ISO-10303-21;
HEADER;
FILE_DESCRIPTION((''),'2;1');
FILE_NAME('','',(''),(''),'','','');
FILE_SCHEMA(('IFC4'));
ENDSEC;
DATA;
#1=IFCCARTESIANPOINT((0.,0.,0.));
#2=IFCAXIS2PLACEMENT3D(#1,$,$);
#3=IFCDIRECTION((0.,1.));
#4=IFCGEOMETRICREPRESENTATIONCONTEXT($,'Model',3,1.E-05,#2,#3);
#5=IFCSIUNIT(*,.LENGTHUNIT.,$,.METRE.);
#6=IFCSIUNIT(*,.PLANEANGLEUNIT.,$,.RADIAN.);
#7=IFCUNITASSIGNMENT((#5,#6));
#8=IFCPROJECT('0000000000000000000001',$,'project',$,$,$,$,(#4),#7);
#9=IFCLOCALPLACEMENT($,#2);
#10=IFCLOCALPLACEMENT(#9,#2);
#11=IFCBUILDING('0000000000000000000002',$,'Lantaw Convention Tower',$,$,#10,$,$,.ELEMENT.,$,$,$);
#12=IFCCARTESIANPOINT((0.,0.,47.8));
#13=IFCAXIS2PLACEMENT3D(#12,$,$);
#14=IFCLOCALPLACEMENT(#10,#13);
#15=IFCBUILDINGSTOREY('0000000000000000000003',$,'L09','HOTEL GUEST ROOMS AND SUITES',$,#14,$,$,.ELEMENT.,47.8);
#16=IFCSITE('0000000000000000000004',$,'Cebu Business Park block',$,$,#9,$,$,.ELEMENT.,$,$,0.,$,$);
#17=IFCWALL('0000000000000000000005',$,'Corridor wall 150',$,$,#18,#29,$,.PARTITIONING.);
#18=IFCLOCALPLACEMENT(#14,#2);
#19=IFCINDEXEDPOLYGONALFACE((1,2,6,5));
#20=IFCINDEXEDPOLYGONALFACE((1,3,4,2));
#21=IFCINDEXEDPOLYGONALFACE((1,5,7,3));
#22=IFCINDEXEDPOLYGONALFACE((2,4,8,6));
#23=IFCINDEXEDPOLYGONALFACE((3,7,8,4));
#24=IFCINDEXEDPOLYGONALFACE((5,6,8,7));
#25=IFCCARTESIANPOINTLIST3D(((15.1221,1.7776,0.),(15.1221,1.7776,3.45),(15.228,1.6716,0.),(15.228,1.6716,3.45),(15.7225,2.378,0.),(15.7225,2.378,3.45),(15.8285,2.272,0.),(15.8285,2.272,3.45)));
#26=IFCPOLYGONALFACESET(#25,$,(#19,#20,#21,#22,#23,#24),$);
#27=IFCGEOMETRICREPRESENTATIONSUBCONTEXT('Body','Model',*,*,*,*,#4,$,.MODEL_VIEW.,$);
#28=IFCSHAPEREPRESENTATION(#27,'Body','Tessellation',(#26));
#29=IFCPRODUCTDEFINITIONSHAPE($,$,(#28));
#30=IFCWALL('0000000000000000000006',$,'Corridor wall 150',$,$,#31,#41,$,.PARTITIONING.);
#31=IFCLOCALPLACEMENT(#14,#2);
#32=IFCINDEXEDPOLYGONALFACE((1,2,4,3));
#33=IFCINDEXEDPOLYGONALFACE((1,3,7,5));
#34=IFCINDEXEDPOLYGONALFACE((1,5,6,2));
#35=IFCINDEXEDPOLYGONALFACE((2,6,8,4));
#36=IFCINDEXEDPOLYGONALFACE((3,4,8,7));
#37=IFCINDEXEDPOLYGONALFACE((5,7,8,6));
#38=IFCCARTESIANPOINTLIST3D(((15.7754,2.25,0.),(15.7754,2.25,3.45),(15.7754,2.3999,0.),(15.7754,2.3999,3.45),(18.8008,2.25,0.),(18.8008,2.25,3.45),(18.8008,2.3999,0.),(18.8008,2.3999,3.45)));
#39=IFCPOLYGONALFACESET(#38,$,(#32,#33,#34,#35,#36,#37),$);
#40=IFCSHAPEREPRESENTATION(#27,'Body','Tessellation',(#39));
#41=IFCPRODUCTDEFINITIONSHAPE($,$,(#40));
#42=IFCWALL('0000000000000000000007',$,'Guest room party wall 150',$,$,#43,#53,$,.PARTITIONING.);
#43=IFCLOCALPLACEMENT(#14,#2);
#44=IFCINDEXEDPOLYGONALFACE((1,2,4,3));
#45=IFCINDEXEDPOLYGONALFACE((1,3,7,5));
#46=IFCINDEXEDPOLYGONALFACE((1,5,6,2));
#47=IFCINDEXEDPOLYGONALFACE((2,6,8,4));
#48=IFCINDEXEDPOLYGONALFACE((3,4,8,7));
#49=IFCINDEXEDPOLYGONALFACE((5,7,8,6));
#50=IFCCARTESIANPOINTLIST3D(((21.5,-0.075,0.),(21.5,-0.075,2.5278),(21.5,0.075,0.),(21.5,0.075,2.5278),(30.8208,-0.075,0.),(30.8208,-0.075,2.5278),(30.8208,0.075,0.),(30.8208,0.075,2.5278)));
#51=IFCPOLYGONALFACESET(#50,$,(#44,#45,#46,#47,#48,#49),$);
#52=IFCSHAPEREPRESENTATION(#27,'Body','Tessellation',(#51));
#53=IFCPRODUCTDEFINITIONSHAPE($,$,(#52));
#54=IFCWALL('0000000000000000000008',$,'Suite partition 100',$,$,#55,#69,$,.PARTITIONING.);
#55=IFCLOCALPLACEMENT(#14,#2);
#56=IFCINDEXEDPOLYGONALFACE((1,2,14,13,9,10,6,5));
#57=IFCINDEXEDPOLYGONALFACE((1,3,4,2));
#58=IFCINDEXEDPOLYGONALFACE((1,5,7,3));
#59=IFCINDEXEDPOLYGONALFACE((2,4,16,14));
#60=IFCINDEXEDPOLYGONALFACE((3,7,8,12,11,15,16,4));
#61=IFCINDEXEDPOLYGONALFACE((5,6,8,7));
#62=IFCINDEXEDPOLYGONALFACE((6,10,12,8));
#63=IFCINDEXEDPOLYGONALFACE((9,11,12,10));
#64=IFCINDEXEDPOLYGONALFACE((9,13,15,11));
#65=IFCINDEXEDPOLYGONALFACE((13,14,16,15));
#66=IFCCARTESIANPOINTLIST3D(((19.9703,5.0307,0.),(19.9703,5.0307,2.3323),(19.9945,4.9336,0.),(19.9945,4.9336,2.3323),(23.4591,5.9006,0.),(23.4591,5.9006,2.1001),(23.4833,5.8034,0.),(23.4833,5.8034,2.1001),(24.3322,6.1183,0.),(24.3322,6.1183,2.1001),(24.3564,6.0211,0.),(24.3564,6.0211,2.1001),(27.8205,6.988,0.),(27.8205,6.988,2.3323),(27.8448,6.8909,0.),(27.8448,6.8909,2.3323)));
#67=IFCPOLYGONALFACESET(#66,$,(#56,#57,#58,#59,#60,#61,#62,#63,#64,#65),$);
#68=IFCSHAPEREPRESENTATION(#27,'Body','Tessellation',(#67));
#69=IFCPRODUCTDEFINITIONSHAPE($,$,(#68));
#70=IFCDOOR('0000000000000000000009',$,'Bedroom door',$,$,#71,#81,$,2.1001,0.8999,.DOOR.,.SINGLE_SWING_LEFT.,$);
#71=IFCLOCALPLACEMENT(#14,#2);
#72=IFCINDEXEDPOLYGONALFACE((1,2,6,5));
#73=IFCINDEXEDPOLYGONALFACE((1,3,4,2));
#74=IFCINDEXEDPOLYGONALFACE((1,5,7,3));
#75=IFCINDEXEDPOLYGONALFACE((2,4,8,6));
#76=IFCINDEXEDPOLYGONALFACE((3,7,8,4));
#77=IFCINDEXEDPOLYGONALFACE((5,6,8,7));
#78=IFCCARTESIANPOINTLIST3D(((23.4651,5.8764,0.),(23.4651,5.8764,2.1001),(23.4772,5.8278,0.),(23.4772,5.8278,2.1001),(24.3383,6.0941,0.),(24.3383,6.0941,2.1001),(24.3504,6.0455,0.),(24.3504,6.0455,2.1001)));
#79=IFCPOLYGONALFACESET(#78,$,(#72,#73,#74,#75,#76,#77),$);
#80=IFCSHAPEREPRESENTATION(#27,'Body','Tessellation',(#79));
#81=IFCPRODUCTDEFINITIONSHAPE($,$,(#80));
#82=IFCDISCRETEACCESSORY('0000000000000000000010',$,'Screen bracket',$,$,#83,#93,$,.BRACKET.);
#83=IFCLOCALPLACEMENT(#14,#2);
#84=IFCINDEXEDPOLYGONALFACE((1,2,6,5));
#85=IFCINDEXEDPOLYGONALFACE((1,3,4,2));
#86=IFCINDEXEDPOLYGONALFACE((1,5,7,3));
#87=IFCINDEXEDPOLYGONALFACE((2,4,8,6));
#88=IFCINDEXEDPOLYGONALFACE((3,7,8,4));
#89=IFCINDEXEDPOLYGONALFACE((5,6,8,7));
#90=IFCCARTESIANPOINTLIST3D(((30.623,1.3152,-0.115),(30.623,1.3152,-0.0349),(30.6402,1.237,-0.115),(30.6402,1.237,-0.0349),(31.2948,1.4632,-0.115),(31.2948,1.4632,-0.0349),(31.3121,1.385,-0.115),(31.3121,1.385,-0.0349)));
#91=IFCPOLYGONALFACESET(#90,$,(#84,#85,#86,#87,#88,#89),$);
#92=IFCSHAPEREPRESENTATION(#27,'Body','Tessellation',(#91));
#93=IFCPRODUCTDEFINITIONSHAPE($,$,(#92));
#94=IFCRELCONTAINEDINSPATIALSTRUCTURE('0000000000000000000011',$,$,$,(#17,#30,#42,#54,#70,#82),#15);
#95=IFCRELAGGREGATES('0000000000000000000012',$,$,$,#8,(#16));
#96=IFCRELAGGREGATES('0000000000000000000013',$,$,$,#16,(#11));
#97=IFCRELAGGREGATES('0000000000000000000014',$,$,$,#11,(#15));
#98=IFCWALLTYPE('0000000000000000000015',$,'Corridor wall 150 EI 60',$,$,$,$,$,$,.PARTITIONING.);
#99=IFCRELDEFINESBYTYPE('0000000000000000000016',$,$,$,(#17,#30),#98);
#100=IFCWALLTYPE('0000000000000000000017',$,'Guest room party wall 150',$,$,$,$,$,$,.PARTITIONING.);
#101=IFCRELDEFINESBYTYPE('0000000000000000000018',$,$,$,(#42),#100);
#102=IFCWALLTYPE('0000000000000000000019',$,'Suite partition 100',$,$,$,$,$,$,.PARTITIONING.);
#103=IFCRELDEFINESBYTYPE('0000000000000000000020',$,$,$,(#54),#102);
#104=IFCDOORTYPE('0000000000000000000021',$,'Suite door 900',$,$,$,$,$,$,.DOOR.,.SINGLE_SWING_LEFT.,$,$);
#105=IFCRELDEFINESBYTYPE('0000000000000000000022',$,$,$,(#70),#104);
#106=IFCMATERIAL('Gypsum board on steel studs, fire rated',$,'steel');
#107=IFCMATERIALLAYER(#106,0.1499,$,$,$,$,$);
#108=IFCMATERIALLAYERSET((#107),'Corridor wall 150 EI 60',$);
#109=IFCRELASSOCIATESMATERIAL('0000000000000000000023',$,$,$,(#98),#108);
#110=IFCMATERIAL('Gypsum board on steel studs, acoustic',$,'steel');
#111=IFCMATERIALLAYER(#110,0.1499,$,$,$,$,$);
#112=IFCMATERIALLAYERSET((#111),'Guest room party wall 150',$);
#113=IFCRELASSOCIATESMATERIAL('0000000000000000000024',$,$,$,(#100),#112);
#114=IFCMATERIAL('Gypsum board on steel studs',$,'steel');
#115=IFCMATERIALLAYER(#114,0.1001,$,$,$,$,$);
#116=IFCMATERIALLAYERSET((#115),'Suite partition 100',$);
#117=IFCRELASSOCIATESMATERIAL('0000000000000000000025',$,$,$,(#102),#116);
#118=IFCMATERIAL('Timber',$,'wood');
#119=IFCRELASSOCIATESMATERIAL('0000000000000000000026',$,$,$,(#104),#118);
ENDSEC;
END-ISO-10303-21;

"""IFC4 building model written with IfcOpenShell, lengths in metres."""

from ifc_helpers import new_model, si_unit, direction, frame, frame_2d, origin, origin_2d, place, context, subcontext, project, spatial, rectangle, extrude, material, layer, layer_set, type_object, element, fill, save


model = new_model("IFC4")

# Units and contexts
model_context = context("Model", 3, precision=1e-05, world=origin(), true_north=direction((0.0, 1.0)))
body_context = subcontext(model_context, "Body", "Model", "MODEL_VIEW")
ifc_project = project(units=[si_unit("LENGTHUNIT", "METRE"), si_unit("PLANEANGLEUNIT", "RADIAN")], contexts=[model_context])

# Site, building, storey
site_placement = place(None, origin())
site = spatial("IfcSite", under=ifc_project, at=site_placement, Name="Cebu Business Park block", CompositionType="ELEMENT", RefElevation=0.0)
building_placement = place(site_placement, origin())
building = spatial("IfcBuilding", under=site, at=building_placement, Name="Lantaw Convention Tower", CompositionType="ELEMENT")
storey_placement = place(building_placement, frame((0.0, 0.0, 47.8)))
storey = spatial("IfcBuildingStorey", under=building, at=storey_placement, Name="L09", Description="HOTEL GUEST ROOMS AND SUITES", CompositionType="ELEMENT", Elevation=47.8)

# Shared definitions
ifc_material_1 = material(Name="Timber", Category="wood")

# Shared definitions
ifc_material_2 = material(Name="Gypsum board on steel studs, fire rated", Category="steel")
ifc_layer_1 = layer(ifc_material_2, 0.1499)
ifc_layer_set_1 = layer_set([ifc_layer_1], Name="Corridor wall 150 EI 60")
wall_type_1 = type_object("IfcWallType", Name="Corridor wall 150 EI 60", PredefinedType="PARTITIONING", material=ifc_layer_set_1)

# Walls
wall_1_placement = place(storey_placement, frame((15.175, 1.7246, 0.0), z_axis=(0.0, 0.0, 1.0), x_axis=(0.707107, 0.707107, 0.0)))
element("IfcWall", 1, at=wall_1_placement, inside=storey, type_object=wall_type_1, Name="Corridor wall 150", PredefinedType="PARTITIONING", context=body_context, shape_type="SweptSolid", body=[
    extrude(rectangle(XDim=0.8491, YDim=0.1499, at=frame_2d((0.4246, 0.0))), origin(), (0.0, 0.0, 1.0), 3.45),
])
wall_2_placement = place(storey_placement, frame((15.7754, 2.325, 0.0), z_axis=(0.0, 0.0, 1.0), x_axis=(1.0, 0.0, 0.0)))
element("IfcWall", 2, at=wall_2_placement, inside=storey, type_object=wall_type_1, Name="Corridor wall 150", PredefinedType="PARTITIONING", context=body_context, shape_type="SweptSolid", body=[
    extrude(rectangle(XDim=3.0254, YDim=0.1499, at=frame_2d((1.5127, 0.0))), origin(), (0.0, 0.0, 1.0), 3.45),
])
ifc_material_3 = material(Name="Gypsum board on steel studs, acoustic", Category="steel")
ifc_layer_2 = layer(ifc_material_3, 0.1499)
ifc_layer_set_2 = layer_set([ifc_layer_2], Name="Guest room party wall 150")
wall_type_2 = type_object("IfcWallType", Name="Guest room party wall 150", PredefinedType="PARTITIONING", material=ifc_layer_set_2)
wall_3_placement = place(storey_placement, frame((30.8208, 0.0, 0.0), z_axis=(0.0, 0.0, 1.0), x_axis=(-1.0, 0.0, 0.0)))
element("IfcWall", 3, at=wall_3_placement, inside=storey, type_object=wall_type_2, Name="Guest room party wall 150", PredefinedType="PARTITIONING", context=body_context, shape_type="SweptSolid", body=[
    extrude(rectangle(XDim=9.3208, YDim=0.1499, at=frame_2d((4.6604, 0.0))), origin(), (0.0, 0.0, 1.0), 2.5278),
])

# Wall, opening, door
ifc_material_4 = material(Name="Gypsum board on steel studs", Category="steel")
ifc_layer_3 = layer(ifc_material_4, 0.1001)
ifc_layer_set_3 = layer_set([ifc_layer_3], Name="Suite partition 100")
wall_type_3 = type_object("IfcWallType", Name="Suite partition 100", PredefinedType="PARTITIONING", material=ifc_layer_set_3)
wall_4_placement = place(storey_placement, frame((27.8328, 6.9395, 0.0), z_axis=(0.0, 0.0, 1.0), x_axis=(-0.970297, -0.241918, 0.0)))
wall_4 = element("IfcWall", 4, at=wall_4_placement, inside=storey, type_object=wall_type_3, Name="Suite partition 100", PredefinedType="PARTITIONING", context=body_context, shape_type="SweptSolid", body=[
    extrude(rectangle(XDim=8.0906, YDim=0.1001, at=frame_2d((4.0454, 0.0))), origin(), (0.0, 0.0, 1.0), 2.3323),
])
opening_1_placement = place(wall_4_placement, frame((3.5952, 0.0, 0.0)))
opening_1 = element("IfcOpeningElement", 5, at=opening_1_placement, cuts=wall_4, PredefinedType="OPENING", context=body_context, shape_type="SweptSolid", body=[
    extrude(rectangle(XDim=0.8999, YDim=2.1001, at=frame_2d((0.45, 1.05))), frame((0.0, 0.0601, 0.0), z_axis=(0.0, -1.0, 0.0), x_axis=(1.0, 0.0, 0.0)), (0.0, 0.0, 1.0), 0.1201),
])
door_type_1 = type_object("IfcDoorType", Name="Suite door 900", OperationType="SINGLE_SWING_LEFT", PredefinedType="DOOR", material=ifc_material_1)
door_1_placement = place(opening_1_placement, origin())
door_1 = element("IfcDoor", 6, at=door_1_placement, inside=storey, type_object=door_type_1, Name="Bedroom door", OperationType="SINGLE_SWING_LEFT", OverallHeight=2.1001, OverallWidth=0.8999, PredefinedType="DOOR", context=body_context, shape_type="SweptSolid", body=[
    extrude(rectangle(XDim=0.8999, YDim=2.1001, at=frame_2d((0.45, 1.05))), frame((0.0, 0.0249, 0.0), z_axis=(0.0, -1.0, 0.0), x_axis=(1.0, 0.0, 0.0)), (0.0, 0.0, 1.0), 0.05),
])
fill(opening_1, door_1)

# Discrete accessory
discrete_accessory_placement = place(storey_placement, frame((30.9675, 1.3501, -0.115), z_axis=(0.0, 0.0, 1.0), x_axis=(-0.215246, 0.97656, 0.0)))
element("IfcDiscreteAccessory", 7, at=discrete_accessory_placement, inside=storey, Name="Screen bracket", PredefinedType="BRACKET", context=body_context, shape_type="SweptSolid", body=[
    extrude(rectangle(XDim=0.0801, YDim=0.688, at=origin_2d()), origin(), (0.0, 0.0, 1.0), 0.0801),
])

save(model, "model.ifc")
